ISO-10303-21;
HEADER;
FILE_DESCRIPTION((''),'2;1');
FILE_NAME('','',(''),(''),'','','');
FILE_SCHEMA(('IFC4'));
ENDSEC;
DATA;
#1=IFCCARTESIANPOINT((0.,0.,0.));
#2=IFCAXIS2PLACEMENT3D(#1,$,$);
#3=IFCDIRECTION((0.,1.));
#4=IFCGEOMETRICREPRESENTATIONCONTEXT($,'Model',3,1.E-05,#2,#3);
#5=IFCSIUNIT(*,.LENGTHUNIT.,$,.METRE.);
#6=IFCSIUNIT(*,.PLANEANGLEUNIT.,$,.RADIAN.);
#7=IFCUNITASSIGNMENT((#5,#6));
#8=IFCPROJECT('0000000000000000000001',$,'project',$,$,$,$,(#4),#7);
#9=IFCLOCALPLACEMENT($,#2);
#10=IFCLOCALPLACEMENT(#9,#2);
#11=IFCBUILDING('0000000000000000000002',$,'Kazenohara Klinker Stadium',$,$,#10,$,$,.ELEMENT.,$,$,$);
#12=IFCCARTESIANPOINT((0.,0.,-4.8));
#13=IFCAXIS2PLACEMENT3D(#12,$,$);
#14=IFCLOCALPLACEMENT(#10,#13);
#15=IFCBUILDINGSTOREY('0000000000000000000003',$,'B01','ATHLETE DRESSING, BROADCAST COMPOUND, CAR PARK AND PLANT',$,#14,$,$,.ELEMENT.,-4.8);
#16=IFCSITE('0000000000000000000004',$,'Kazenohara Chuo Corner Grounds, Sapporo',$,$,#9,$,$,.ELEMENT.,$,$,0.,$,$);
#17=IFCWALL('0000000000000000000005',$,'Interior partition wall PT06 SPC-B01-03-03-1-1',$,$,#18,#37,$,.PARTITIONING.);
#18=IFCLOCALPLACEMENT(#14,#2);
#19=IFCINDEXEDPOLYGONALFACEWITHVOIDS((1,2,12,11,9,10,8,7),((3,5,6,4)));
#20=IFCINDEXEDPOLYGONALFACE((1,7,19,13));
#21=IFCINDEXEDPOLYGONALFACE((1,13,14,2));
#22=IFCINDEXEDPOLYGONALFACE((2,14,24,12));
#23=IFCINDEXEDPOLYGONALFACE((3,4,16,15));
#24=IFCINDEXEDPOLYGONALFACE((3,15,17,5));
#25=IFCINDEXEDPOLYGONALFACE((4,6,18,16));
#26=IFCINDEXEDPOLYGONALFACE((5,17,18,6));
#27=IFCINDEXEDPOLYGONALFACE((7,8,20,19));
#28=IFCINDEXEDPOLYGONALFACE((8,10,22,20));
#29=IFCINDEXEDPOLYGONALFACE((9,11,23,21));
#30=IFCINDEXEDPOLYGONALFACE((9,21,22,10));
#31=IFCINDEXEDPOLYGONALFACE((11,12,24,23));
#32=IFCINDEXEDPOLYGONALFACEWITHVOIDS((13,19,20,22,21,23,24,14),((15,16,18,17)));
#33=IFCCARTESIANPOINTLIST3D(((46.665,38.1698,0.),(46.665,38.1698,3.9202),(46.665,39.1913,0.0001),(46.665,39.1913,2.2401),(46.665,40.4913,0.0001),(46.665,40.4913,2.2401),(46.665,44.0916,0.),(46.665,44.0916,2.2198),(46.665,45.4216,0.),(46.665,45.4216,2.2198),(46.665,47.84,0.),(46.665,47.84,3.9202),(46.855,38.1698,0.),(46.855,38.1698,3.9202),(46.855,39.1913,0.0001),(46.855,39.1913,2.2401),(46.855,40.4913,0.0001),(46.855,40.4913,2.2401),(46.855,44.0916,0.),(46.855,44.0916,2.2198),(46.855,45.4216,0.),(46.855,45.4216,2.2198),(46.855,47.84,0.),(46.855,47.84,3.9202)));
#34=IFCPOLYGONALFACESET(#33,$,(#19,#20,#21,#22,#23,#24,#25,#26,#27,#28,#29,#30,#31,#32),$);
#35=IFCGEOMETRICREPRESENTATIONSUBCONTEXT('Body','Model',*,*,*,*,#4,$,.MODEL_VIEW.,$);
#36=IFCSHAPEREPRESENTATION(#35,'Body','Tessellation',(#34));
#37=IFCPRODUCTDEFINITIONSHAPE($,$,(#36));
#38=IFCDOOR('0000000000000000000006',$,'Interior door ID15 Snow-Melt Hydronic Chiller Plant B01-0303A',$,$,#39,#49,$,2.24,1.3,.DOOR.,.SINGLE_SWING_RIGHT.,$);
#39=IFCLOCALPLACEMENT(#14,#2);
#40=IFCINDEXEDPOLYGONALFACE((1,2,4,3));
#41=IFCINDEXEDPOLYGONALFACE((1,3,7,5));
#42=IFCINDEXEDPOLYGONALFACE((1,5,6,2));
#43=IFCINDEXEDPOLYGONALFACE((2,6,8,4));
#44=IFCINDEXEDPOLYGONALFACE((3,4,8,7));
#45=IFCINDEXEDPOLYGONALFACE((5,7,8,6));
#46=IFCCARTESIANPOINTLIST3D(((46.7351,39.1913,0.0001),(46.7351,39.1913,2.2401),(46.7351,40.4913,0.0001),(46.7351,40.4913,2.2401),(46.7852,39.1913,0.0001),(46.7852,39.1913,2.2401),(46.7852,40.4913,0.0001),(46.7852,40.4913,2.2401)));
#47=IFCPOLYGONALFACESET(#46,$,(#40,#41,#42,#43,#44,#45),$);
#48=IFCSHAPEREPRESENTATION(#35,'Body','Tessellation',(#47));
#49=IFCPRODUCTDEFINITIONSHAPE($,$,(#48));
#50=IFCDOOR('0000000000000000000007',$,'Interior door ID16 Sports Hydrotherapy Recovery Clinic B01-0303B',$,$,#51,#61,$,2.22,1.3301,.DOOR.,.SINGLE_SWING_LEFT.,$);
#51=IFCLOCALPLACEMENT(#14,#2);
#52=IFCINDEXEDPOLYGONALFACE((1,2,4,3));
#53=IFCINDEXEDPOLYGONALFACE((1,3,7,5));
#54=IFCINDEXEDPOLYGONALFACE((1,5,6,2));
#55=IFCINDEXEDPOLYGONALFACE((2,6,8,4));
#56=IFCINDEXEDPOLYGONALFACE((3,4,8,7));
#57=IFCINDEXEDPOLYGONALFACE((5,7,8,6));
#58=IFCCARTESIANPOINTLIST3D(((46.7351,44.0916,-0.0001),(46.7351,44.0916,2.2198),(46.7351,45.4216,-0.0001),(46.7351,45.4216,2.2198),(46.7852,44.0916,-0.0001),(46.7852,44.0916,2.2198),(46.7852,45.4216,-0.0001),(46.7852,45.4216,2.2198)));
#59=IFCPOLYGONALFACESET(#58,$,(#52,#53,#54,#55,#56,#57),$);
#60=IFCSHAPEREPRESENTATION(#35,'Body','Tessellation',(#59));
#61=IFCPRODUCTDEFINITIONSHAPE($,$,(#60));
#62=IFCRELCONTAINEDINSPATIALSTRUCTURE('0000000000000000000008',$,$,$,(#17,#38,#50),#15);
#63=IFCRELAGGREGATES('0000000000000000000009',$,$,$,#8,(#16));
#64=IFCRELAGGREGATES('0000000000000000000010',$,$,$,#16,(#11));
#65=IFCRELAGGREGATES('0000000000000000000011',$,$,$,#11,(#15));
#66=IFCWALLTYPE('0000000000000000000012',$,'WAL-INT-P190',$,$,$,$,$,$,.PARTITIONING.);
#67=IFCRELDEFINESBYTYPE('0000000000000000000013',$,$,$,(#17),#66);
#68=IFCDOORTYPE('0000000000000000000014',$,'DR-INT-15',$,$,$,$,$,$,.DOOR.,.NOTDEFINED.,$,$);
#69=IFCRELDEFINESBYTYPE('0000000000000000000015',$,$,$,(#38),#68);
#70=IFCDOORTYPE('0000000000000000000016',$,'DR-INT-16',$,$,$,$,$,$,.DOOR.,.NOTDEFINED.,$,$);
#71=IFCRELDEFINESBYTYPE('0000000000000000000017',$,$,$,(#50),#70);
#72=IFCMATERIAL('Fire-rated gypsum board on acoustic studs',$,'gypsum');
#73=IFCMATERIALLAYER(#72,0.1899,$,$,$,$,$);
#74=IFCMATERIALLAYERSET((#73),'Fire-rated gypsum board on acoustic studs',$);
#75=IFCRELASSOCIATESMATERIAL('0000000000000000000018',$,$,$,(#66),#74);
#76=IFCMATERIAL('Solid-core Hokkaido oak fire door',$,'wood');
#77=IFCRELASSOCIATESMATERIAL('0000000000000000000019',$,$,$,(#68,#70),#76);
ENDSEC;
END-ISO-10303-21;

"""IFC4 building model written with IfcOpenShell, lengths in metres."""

from ifc_helpers import new_model, si_unit, direction, frame, frame_2d, origin, place, context, subcontext, project, spatial, rectangle, extrude, material, layer, layer_set, type_object, element, fill, save


model = new_model("IFC4")

# Units and contexts
model_context = context("Model", 3, precision=1e-05, world=origin(), true_north=direction((0.0, 1.0)))
body_context = subcontext(model_context, "Body", "Model", "MODEL_VIEW")
ifc_project = project(units=[si_unit("LENGTHUNIT", "METRE"), si_unit("PLANEANGLEUNIT", "RADIAN")], contexts=[model_context])

# Site, building, storey
site_placement = place(None, origin())
site = spatial("IfcSite", under=ifc_project, at=site_placement, Name="Kazenohara Chuo Corner Grounds, Sapporo", CompositionType="ELEMENT", RefElevation=0.0)
building_placement = place(site_placement, origin())
building = spatial("IfcBuilding", under=site, at=building_placement, Name="Kazenohara Klinker Stadium", CompositionType="ELEMENT")
storey_placement = place(building_placement, frame((0.0, 0.0, -4.8)))
storey = spatial("IfcBuildingStorey", under=building, at=storey_placement, Name="B01", Description="ATHLETE DRESSING, BROADCAST COMPOUND, CAR PARK AND PLANT", CompositionType="ELEMENT", Elevation=-4.8)

# Shared definitions
ifc_material_1 = material(Name="Fire-rated gypsum board on acoustic studs", Category="gypsum")
ifc_material_2 = material(Name="Solid-core Hokkaido oak fire door", Category="wood")

# Wall, openings, doors
ifc_layer_1 = layer(ifc_material_1, 0.1899)
ifc_layer_set_1 = layer_set([ifc_layer_1], Name="Fire-rated gypsum board on acoustic studs")
wall_type_1 = type_object("IfcWallType", Name="WAL-INT-P190", PredefinedType="PARTITIONING", material=ifc_layer_set_1)
wall_1_placement = place(storey_placement, frame((46.76, 38.1699, 0.0), z_axis=(0.0, 0.0, 1.0), x_axis=(0.0, 1.0, 0.0)))
wall_1 = element("IfcWall", 1, at=wall_1_placement, inside=storey, type_object=wall_type_1, Name="Interior partition wall PT06 SPC-B01-03-03-1-1", PredefinedType="PARTITIONING", context=body_context, shape_type="SweptSolid", body=[
    extrude(rectangle(XDim=9.6702, YDim=0.1899, at=frame_2d((4.835, 0.0))), origin(), (0.0, 0.0, 1.0), 3.9202),
])
opening_1_placement = place(wall_1_placement, frame((1.0215, 0.0, 0.0)))
opening_1 = element("IfcOpeningElement", 2, at=opening_1_placement, cuts=wall_1, PredefinedType="OPENING", context=body_context, shape_type="SweptSolid", body=[
    extrude(rectangle(XDim=1.3, YDim=2.24, at=frame_2d((0.6499, 1.1201))), frame((0.0, 0.105, 0.0), z_axis=(0.0, -1.0, 0.0), x_axis=(1.0, 0.0, 0.0)), (0.0, 0.0, 1.0), 0.21),
])
opening_2_placement = place(wall_1_placement, frame((5.9216, 0.0, 0.0)))
opening_2 = element("IfcOpeningElement", 3, at=opening_2_placement, cuts=wall_1, PredefinedType="OPENING", context=body_context, shape_type="SweptSolid", body=[
    extrude(rectangle(XDim=1.3301, YDim=2.22, at=frame_2d((0.665, 1.1099))), frame((0.0, 0.105, 0.0), z_axis=(0.0, -1.0, 0.0), x_axis=(1.0, 0.0, 0.0)), (0.0, 0.0, 1.0), 0.21),
])
door_type_1 = type_object("IfcDoorType", Name="DR-INT-15", OperationType="NOTDEFINED", PredefinedType="DOOR", material=ifc_material_2)
door_1_placement = place(opening_1_placement, origin())
door_1 = element("IfcDoor", 4, at=door_1_placement, inside=storey, type_object=door_type_1, Name="Interior door ID15 Snow-Melt Hydronic Chiller Plant B01-0303A", OperationType="SINGLE_SWING_RIGHT", OverallHeight=2.24, OverallWidth=1.3, PredefinedType="DOOR", context=body_context, shape_type="SweptSolid", body=[
    extrude(rectangle(XDim=1.3, YDim=2.24, at=frame_2d((0.6499, 1.1201))), frame((0.0, 0.0249, 0.0), z_axis=(0.0, -1.0, 0.0), x_axis=(1.0, 0.0, 0.0)), (0.0, 0.0, 1.0), 0.05),
])
fill(opening_1, door_1)
door_type_2 = type_object("IfcDoorType", Name="DR-INT-16", OperationType="NOTDEFINED", PredefinedType="DOOR", material=ifc_material_2)
door_2_placement = place(opening_2_placement, origin())
door_2 = element("IfcDoor", 5, at=door_2_placement, inside=storey, type_object=door_type_2, Name="Interior door ID16 Sports Hydrotherapy Recovery Clinic B01-0303B", OperationType="SINGLE_SWING_LEFT", OverallHeight=2.22, OverallWidth=1.3301, PredefinedType="DOOR", context=body_context, shape_type="SweptSolid", body=[
    extrude(rectangle(XDim=1.3301, YDim=2.22, at=frame_2d((0.665, 1.1099))), frame((0.0, 0.0249, 0.0), z_axis=(0.0, -1.0, 0.0), x_axis=(1.0, 0.0, 0.0)), (0.0, 0.0, 1.0), 0.05),
])
fill(opening_2, door_2)

save(model, "model.ifc")
